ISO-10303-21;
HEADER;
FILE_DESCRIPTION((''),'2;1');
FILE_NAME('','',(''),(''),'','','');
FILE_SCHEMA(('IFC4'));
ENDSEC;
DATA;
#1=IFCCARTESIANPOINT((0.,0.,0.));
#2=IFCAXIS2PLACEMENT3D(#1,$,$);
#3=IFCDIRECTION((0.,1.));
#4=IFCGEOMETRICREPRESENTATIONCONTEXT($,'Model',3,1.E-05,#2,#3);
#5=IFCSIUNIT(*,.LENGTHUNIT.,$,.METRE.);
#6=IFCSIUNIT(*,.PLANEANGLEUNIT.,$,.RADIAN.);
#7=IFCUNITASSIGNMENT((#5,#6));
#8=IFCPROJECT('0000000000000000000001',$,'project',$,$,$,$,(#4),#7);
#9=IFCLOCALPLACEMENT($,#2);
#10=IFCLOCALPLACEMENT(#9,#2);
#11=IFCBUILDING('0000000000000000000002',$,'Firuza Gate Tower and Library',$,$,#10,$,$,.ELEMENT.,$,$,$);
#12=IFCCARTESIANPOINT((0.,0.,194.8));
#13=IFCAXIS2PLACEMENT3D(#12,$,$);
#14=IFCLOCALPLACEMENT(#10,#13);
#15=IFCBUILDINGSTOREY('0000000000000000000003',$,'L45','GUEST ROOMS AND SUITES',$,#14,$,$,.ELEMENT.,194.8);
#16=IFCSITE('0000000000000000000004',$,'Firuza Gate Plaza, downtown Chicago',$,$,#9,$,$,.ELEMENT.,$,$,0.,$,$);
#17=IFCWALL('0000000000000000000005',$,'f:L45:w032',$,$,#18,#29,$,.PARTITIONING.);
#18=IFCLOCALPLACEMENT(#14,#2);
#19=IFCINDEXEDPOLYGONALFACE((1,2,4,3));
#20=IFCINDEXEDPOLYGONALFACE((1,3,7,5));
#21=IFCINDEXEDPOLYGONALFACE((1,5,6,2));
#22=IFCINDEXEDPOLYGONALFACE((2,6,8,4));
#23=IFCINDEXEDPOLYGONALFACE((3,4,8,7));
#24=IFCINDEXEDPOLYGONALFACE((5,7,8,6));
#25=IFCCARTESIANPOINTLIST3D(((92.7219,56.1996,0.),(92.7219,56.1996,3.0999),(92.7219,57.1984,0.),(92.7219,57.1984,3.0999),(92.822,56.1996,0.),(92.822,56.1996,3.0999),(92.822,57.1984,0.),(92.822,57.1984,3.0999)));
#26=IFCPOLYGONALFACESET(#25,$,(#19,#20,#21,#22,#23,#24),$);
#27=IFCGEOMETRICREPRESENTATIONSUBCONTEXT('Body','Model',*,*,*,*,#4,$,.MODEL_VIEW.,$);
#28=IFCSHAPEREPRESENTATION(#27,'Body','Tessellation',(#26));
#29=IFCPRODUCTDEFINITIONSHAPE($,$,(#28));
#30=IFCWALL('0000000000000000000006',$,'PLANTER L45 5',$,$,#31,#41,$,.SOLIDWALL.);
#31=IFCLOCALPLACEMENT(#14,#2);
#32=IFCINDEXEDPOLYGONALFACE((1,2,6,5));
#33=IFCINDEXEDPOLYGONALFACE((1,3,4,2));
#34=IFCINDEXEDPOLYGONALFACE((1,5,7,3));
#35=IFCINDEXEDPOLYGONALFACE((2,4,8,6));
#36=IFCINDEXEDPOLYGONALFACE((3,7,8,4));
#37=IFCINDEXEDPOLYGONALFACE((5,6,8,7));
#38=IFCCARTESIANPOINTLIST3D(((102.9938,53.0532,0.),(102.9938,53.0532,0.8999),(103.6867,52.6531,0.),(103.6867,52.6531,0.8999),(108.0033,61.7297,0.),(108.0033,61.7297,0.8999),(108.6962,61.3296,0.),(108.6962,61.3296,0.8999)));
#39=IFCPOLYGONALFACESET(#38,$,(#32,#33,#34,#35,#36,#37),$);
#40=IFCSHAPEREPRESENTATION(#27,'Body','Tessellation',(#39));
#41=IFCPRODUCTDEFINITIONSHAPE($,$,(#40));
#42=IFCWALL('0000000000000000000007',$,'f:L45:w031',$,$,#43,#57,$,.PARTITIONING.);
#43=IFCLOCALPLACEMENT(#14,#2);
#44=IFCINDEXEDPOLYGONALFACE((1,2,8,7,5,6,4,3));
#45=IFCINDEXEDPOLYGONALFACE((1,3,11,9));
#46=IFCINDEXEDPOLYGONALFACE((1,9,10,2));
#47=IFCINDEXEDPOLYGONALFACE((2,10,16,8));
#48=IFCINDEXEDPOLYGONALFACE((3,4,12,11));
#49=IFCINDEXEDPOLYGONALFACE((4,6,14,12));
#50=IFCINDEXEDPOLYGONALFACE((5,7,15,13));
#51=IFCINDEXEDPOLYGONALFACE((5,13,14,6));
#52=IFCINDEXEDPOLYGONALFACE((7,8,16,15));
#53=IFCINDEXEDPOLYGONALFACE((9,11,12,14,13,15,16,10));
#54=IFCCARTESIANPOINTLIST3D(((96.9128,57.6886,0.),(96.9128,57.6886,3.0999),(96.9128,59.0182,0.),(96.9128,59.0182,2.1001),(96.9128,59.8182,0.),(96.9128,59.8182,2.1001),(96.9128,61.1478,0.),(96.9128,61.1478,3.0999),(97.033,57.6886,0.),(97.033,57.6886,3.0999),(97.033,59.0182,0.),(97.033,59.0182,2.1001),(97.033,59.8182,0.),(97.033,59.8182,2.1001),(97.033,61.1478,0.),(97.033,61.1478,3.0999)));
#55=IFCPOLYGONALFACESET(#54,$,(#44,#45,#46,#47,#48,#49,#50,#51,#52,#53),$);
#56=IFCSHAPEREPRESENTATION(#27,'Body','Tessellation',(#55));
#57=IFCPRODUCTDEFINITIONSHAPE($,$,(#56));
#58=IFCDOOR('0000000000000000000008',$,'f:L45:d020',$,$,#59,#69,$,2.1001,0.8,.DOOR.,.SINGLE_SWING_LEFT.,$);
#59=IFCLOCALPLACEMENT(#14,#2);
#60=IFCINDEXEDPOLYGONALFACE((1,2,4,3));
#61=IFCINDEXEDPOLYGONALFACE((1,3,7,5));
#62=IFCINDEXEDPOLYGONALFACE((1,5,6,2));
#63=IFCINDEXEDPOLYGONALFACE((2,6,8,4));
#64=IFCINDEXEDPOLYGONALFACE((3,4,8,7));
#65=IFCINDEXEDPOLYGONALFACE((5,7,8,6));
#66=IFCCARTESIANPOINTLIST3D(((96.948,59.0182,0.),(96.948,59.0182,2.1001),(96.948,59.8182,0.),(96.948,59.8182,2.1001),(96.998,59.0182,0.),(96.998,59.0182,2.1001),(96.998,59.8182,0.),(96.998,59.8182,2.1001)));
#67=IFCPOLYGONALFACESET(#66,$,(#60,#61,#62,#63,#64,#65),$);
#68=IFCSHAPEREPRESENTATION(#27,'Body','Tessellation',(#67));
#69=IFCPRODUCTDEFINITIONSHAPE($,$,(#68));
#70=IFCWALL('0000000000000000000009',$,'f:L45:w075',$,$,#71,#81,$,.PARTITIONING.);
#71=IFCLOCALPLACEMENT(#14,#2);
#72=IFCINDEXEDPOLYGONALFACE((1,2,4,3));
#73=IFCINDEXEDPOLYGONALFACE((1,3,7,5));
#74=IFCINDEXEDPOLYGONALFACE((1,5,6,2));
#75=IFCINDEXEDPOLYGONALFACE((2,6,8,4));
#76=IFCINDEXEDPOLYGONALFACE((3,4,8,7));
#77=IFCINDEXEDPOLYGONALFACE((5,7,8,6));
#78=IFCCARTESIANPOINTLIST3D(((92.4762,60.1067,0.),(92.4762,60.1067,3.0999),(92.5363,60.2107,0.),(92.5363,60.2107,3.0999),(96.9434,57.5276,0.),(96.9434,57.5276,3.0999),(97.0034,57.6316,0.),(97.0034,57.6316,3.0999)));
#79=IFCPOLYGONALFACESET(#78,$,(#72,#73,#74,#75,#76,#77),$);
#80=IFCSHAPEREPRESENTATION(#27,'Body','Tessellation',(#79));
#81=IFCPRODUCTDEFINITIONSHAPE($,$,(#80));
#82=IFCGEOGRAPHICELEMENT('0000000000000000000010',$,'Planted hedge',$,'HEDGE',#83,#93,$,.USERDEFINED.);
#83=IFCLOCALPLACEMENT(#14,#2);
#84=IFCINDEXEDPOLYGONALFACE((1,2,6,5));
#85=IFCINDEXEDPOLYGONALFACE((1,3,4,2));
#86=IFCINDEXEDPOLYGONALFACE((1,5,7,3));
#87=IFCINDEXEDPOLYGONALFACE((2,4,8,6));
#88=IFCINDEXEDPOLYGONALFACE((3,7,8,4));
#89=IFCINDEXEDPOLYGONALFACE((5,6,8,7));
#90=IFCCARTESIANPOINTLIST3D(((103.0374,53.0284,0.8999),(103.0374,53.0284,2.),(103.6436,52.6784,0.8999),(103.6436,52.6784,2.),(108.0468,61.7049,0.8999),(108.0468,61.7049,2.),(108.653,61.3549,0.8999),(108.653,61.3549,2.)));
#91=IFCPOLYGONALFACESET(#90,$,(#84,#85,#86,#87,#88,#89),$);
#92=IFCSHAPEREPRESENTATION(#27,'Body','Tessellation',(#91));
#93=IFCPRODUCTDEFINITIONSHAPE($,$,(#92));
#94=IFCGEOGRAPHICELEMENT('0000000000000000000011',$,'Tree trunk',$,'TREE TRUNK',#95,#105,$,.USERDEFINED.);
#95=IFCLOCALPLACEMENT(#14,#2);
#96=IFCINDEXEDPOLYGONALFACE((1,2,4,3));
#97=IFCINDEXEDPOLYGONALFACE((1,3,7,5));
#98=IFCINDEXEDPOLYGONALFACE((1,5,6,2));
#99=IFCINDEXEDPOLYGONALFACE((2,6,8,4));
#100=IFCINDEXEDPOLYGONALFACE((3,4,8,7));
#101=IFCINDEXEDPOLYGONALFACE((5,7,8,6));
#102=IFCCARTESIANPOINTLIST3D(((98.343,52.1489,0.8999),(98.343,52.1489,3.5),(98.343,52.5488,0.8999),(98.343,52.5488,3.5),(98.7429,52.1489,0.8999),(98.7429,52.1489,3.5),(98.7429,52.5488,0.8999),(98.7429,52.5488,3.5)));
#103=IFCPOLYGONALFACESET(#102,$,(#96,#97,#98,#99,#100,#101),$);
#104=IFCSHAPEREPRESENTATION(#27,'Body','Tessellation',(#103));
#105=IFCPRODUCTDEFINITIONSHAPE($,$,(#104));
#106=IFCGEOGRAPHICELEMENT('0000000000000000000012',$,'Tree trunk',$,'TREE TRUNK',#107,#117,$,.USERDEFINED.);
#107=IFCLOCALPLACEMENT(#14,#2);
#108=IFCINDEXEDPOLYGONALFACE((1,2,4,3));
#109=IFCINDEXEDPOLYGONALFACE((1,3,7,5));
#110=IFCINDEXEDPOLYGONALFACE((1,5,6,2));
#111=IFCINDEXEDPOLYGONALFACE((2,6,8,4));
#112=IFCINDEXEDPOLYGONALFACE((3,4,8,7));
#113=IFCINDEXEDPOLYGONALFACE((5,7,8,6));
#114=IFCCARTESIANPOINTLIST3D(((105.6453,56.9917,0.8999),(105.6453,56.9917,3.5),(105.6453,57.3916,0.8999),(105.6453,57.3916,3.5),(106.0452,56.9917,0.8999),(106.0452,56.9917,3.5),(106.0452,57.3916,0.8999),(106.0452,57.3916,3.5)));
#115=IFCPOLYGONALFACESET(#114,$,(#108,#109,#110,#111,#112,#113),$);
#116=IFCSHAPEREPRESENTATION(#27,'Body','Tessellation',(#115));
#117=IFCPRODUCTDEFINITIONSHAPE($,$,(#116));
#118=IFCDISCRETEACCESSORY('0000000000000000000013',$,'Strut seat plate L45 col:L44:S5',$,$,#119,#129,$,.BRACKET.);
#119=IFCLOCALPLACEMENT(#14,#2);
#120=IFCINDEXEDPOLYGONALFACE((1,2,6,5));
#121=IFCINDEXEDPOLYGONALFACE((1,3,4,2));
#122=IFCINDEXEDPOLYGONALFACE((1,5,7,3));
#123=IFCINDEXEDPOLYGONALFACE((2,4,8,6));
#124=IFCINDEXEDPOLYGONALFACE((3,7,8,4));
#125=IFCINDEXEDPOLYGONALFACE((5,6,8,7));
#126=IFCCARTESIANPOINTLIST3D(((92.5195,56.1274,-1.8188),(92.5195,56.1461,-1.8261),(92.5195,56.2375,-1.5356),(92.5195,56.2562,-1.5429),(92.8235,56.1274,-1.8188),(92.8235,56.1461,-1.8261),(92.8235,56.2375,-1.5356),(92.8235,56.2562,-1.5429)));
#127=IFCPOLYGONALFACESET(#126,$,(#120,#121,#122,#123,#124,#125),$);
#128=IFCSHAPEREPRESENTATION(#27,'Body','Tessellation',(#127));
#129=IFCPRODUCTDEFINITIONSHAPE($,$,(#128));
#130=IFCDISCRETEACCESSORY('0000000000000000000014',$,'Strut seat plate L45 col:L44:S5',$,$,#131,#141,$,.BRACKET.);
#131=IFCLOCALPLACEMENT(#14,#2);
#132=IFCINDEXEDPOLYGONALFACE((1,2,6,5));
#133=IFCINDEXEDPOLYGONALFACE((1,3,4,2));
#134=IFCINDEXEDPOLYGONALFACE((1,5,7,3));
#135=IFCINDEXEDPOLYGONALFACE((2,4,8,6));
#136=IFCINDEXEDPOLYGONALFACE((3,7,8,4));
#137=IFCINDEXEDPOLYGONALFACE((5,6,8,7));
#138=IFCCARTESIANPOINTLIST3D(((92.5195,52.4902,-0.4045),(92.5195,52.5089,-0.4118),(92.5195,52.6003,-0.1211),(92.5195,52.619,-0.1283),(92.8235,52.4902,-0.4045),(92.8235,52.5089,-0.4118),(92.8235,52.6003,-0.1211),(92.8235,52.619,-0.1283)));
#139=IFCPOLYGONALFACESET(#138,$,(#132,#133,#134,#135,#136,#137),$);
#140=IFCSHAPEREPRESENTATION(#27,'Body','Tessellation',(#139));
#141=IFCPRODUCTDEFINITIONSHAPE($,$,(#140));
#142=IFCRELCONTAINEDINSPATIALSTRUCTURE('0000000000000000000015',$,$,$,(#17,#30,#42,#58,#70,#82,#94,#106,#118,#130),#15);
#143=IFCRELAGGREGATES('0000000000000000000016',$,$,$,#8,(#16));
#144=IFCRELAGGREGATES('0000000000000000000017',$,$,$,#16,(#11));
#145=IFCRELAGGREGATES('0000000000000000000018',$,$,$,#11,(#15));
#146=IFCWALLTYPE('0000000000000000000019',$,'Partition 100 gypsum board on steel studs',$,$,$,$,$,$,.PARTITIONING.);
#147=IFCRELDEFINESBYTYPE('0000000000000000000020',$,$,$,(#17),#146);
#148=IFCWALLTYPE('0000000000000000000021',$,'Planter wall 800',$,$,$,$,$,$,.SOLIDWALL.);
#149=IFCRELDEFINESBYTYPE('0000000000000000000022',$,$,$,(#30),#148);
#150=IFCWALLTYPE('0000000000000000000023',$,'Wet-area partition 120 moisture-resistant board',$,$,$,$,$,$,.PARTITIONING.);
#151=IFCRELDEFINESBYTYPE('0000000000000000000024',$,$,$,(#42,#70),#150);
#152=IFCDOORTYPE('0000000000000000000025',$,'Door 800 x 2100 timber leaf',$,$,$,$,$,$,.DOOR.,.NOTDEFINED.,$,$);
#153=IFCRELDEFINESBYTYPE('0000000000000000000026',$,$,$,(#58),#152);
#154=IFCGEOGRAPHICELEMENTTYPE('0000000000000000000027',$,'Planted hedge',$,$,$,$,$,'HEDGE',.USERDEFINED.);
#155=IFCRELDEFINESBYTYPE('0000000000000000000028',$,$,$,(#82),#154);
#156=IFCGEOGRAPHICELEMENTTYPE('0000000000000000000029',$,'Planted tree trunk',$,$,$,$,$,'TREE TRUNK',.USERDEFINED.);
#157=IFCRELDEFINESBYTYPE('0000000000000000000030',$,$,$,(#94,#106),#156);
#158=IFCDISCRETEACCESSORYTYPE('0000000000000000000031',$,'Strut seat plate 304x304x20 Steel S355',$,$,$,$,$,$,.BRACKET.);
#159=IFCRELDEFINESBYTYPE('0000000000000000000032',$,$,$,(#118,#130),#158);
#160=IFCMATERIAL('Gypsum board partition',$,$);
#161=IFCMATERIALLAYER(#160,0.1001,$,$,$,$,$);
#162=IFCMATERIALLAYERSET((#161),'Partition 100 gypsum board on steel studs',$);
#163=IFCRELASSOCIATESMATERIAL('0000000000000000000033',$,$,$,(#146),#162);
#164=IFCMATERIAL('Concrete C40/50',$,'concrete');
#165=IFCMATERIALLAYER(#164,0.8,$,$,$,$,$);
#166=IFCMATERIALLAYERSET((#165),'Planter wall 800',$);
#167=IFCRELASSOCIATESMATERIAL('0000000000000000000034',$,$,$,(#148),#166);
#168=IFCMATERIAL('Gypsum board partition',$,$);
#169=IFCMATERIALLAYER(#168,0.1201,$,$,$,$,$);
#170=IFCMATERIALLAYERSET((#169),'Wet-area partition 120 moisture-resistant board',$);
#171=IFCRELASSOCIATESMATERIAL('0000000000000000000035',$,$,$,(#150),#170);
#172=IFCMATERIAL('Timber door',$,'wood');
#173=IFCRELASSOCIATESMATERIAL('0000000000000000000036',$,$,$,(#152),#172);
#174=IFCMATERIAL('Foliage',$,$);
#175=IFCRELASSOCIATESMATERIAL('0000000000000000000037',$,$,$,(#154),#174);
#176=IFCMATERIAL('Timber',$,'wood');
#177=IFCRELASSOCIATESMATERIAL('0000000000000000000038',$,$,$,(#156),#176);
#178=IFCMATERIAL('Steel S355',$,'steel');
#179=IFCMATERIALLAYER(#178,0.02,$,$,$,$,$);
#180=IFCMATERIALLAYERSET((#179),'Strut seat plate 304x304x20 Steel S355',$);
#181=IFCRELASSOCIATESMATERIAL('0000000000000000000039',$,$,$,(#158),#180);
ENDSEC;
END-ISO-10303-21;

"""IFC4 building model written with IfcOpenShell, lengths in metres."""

from ifc_helpers import new_model, si_unit, direction, frame, frame_2d, origin, origin_2d, place, context, subcontext, project, spatial, polyline, rectangle, outline, extrude, material, layer, layer_set, type_object, element, fill, save


model = new_model("IFC4")

# Units and contexts
model_context = context("Model", 3, precision=1e-05, world=origin(), true_north=direction((0.0, 1.0)))
body_context = subcontext(model_context, "Body", "Model", "MODEL_VIEW")
ifc_project = project(units=[si_unit("LENGTHUNIT", "METRE"), si_unit("PLANEANGLEUNIT", "RADIAN")], contexts=[model_context])

# Site, building, storey
site_placement = place(None, origin())
site = spatial("IfcSite", under=ifc_project, at=site_placement, Name="Firuza Gate Plaza, downtown Chicago", CompositionType="ELEMENT", RefElevation=0.0)
building_placement = place(site_placement, origin())
building = spatial("IfcBuilding", under=site, at=building_placement, Name="Firuza Gate Tower and Library", CompositionType="ELEMENT")
storey_placement = place(building_placement, frame((0.0, 0.0, 194.8)))
storey = spatial("IfcBuildingStorey", under=building, at=storey_placement, Name="L45", Description="GUEST ROOMS AND SUITES", CompositionType="ELEMENT", Elevation=194.8)

# Walls
ifc_material_1 = material(Name="Gypsum board partition")
ifc_layer_1 = layer(ifc_material_1, 0.1001)
ifc_layer_set_1 = layer_set([ifc_layer_1], Name="Partition 100 gypsum board on steel studs")
wall_type_1 = type_object("IfcWallType", Name="Partition 100 gypsum board on steel studs", PredefinedType="PARTITIONING", material=ifc_layer_set_1)
wall_1_placement = place(storey_placement, frame((92.772, 56.1995, 0.0), z_axis=(0.0, 0.0, 1.0), x_axis=(0.0, 1.0, 0.0)))
element("IfcWall", 1, at=wall_1_placement, inside=storey, type_object=wall_type_1, Name="f:L45:w032", PredefinedType="PARTITIONING", context=body_context, shape_type="SweptSolid", body=[
    extrude(rectangle(XDim=0.9988, YDim=0.1001, at=frame_2d((0.4995, 0.0))), origin(), (0.0, 0.0, 1.0), 3.0999),
])
ifc_material_2 = material(Name="Concrete C40/50", Category="concrete")
ifc_layer_2 = layer(ifc_material_2, 0.8)
ifc_layer_set_2 = layer_set([ifc_layer_2], Name="Planter wall 800")
wall_type_2 = type_object("IfcWallType", Name="Planter wall 800", PredefinedType="SOLIDWALL", material=ifc_layer_set_2)
wall_2_placement = place(storey_placement, frame((103.3403, 52.8533, 0.0), z_axis=(0.0, 0.0, 1.0), x_axis=(0.50001, 0.86602, 0.0)))
element("IfcWall", 2, at=wall_2_placement, inside=storey, type_object=wall_type_2, Name="PLANTER L45 5", PredefinedType="SOLIDWALL", context=body_context, shape_type="SweptSolid", body=[
    extrude(rectangle(XDim=10.0188, YDim=0.8, at=frame_2d((5.0093, 0.0))), origin(), (0.0, 0.0, 1.0), 0.8999),
])

# Wall, opening, door
ifc_material_3 = material(Name="Gypsum board partition")
ifc_layer_3 = layer(ifc_material_3, 0.1201)
ifc_layer_set_3 = layer_set([ifc_layer_3], Name="Wet-area partition 120 moisture-resistant board")
wall_type_3 = type_object("IfcWallType", Name="Wet-area partition 120 moisture-resistant board", PredefinedType="PARTITIONING", material=ifc_layer_set_3)
wall_3_placement = place(storey_placement, frame((96.9729, 57.6887, 0.0), z_axis=(0.0, 0.0, 1.0), x_axis=(0.0, 1.0, 0.0)))
wall_3 = element("IfcWall", 3, at=wall_3_placement, inside=storey, type_object=wall_type_3, Name="f:L45:w031", PredefinedType="PARTITIONING", context=body_context, shape_type="SweptSolid", body=[
    extrude(rectangle(XDim=3.4592, YDim=0.1201, at=frame_2d((1.7295, 0.0))), origin(), (0.0, 0.0, 1.0), 3.0999),
])
opening_1_placement = place(wall_3_placement, frame((1.3296, 0.0, 0.0)))
opening_1 = element("IfcOpeningElement", 4, at=opening_1_placement, cuts=wall_3, PredefinedType="OPENING", context=body_context, shape_type="SweptSolid", body=[
    extrude(rectangle(XDim=0.8, YDim=2.1001, at=frame_2d((0.3999, 1.05))), frame((0.0, 0.0701, 0.0), z_axis=(0.0, -1.0, 0.0), x_axis=(1.0, 0.0, 0.0)), (0.0, 0.0, 1.0), 0.1401),
])
ifc_material_4 = material(Name="Timber door", Category="wood")
door_type_1 = type_object("IfcDoorType", Name="Door 800 x 2100 timber leaf", OperationType="NOTDEFINED", PredefinedType="DOOR", material=ifc_material_4)
door_1_placement = place(opening_1_placement, origin())
door_1 = element("IfcDoor", 5, at=door_1_placement, inside=storey, type_object=door_type_1, Name="f:L45:d020", OperationType="SINGLE_SWING_LEFT", OverallHeight=2.1001, OverallWidth=0.8, PredefinedType="DOOR", context=body_context, shape_type="SweptSolid", body=[
    extrude(rectangle(XDim=0.8, YDim=2.1001, at=frame_2d((0.3999, 1.05))), frame((0.0, 0.0249, 0.0), z_axis=(0.0, -1.0, 0.0), x_axis=(1.0, 0.0, 0.0)), (0.0, 0.0, 1.0), 0.05),
])
fill(opening_1, door_1)

# Wall
wall_4_placement = place(storey_placement, frame((96.9734, 57.5796, 0.0), z_axis=(0.0, 0.0, 1.0), x_axis=(-0.866021, 0.500008, 0.0)))
element("IfcWall", 6, at=wall_4_placement, inside=storey, type_object=wall_type_3, Name="f:L45:w075", PredefinedType="PARTITIONING", context=body_context, shape_type="SweptSolid", body=[
    extrude(rectangle(XDim=5.1582, YDim=0.1201, at=frame_2d((2.5791, 0.0))), origin(), (0.0, 0.0, 1.0), 3.0999),
])

# Geographic elements
ifc_material_5 = material(Name="Foliage")
geographic_element_type_1 = type_object("IfcGeographicElementType", Name="Planted hedge", ElementType="HEDGE", PredefinedType="USERDEFINED", material=ifc_material_5)
geographic_element_placement = place(storey_placement, frame((105.8452, 57.1917, 0.8999), z_axis=(0.0, 0.0, 1.0), x_axis=(0.5, 0.866025, 0.0)))
element("IfcGeographicElement", 7, at=geographic_element_placement, inside=storey, type_object=geographic_element_type_1, Name="Planted hedge", ObjectType="HEDGE", PredefinedType="USERDEFINED", context=body_context, shape_type="SweptSolid", body=[
    extrude(rectangle(XDim=10.0188, YDim=0.7, at=origin_2d()), origin(), (0.0, 0.0, 1.0), 1.1001),
])
ifc_material_6 = material(Name="Timber", Category="wood")
geographic_element_type_2 = type_object("IfcGeographicElementType", Name="Planted tree trunk", ElementType="TREE TRUNK", PredefinedType="USERDEFINED", material=ifc_material_6)
for number, where, z_axis, x_axis, name in (
    (8, (98.543, 52.3489, 0.8999), (0.0, 0.0, 1.0), (1.0, 0.0, 0.0), "Tree trunk"),
    (9, (105.8452, 57.1917, 0.8999), (0.0, 0.0, 1.0), (1.0, 0.0, 0.0), "Tree trunk"),
):
    element("IfcGeographicElement", number, at=place(storey_placement, frame(where, z_axis=z_axis, x_axis=x_axis)), inside=storey, type_object=geographic_element_type_2, Name=name, ObjectType="TREE TRUNK", PredefinedType="USERDEFINED", context=body_context, shape_type="SweptSolid", body=[
        extrude(rectangle(XDim=0.3999, YDim=0.3999, at=origin_2d()), origin(), (0.0, 0.0, 1.0), 2.6001),
    ])

# Discrete accessories
ifc_material_7 = material(Name="Steel S355", Category="steel")
ifc_layer_4 = layer(ifc_material_7, 0.02)
ifc_layer_set_4 = layer_set([ifc_layer_4], Name="Strut seat plate 304x304x20 Steel S355")
discrete_accessory_type = type_object("IfcDiscreteAccessoryType", Name="Strut seat plate 304x304x20 Steel S355", PredefinedType="BRACKET", material=ifc_layer_set_4)
discrete_accessory_1_placement = place(storey_placement, frame((92.8235, 56.2375, -1.5356), z_axis=(0.0, -0.932035, 0.362369), x_axis=(-1.0, 0.0, 0.0)))
element("IfcDiscreteAccessory", 10, at=discrete_accessory_1_placement, inside=storey, type_object=discrete_accessory_type, Name="Strut seat plate L45 col:L44:S5", PredefinedType="BRACKET", context=body_context, shape_type="SweptSolid", body=[
    extrude(outline(polyline([(0.0, 0.0), (0.304, 0.0), (0.304, 0.3039), (0.0, 0.3039), (0.0, 0.0)])), origin(), (0.0, 0.0, -1.0), 0.02),
])
discrete_accessory_2_placement = place(storey_placement, frame((92.5195, 52.6003, -0.1211), z_axis=(0.0, -0.93214, 0.362098), x_axis=(1.0, 0.0, 0.0)))
element("IfcDiscreteAccessory", 11, at=discrete_accessory_2_placement, inside=storey, type_object=discrete_accessory_type, Name="Strut seat plate L45 col:L44:S5", PredefinedType="BRACKET", context=body_context, shape_type="SweptSolid", body=[
    extrude(outline(polyline([(0.0, 0.0), (0.304, 0.0), (0.304, -0.3041), (0.0, -0.3041), (0.0, 0.0)])), origin(), (0.0, 0.0, -1.0), 0.02),
])

save(model, "model.ifc")
